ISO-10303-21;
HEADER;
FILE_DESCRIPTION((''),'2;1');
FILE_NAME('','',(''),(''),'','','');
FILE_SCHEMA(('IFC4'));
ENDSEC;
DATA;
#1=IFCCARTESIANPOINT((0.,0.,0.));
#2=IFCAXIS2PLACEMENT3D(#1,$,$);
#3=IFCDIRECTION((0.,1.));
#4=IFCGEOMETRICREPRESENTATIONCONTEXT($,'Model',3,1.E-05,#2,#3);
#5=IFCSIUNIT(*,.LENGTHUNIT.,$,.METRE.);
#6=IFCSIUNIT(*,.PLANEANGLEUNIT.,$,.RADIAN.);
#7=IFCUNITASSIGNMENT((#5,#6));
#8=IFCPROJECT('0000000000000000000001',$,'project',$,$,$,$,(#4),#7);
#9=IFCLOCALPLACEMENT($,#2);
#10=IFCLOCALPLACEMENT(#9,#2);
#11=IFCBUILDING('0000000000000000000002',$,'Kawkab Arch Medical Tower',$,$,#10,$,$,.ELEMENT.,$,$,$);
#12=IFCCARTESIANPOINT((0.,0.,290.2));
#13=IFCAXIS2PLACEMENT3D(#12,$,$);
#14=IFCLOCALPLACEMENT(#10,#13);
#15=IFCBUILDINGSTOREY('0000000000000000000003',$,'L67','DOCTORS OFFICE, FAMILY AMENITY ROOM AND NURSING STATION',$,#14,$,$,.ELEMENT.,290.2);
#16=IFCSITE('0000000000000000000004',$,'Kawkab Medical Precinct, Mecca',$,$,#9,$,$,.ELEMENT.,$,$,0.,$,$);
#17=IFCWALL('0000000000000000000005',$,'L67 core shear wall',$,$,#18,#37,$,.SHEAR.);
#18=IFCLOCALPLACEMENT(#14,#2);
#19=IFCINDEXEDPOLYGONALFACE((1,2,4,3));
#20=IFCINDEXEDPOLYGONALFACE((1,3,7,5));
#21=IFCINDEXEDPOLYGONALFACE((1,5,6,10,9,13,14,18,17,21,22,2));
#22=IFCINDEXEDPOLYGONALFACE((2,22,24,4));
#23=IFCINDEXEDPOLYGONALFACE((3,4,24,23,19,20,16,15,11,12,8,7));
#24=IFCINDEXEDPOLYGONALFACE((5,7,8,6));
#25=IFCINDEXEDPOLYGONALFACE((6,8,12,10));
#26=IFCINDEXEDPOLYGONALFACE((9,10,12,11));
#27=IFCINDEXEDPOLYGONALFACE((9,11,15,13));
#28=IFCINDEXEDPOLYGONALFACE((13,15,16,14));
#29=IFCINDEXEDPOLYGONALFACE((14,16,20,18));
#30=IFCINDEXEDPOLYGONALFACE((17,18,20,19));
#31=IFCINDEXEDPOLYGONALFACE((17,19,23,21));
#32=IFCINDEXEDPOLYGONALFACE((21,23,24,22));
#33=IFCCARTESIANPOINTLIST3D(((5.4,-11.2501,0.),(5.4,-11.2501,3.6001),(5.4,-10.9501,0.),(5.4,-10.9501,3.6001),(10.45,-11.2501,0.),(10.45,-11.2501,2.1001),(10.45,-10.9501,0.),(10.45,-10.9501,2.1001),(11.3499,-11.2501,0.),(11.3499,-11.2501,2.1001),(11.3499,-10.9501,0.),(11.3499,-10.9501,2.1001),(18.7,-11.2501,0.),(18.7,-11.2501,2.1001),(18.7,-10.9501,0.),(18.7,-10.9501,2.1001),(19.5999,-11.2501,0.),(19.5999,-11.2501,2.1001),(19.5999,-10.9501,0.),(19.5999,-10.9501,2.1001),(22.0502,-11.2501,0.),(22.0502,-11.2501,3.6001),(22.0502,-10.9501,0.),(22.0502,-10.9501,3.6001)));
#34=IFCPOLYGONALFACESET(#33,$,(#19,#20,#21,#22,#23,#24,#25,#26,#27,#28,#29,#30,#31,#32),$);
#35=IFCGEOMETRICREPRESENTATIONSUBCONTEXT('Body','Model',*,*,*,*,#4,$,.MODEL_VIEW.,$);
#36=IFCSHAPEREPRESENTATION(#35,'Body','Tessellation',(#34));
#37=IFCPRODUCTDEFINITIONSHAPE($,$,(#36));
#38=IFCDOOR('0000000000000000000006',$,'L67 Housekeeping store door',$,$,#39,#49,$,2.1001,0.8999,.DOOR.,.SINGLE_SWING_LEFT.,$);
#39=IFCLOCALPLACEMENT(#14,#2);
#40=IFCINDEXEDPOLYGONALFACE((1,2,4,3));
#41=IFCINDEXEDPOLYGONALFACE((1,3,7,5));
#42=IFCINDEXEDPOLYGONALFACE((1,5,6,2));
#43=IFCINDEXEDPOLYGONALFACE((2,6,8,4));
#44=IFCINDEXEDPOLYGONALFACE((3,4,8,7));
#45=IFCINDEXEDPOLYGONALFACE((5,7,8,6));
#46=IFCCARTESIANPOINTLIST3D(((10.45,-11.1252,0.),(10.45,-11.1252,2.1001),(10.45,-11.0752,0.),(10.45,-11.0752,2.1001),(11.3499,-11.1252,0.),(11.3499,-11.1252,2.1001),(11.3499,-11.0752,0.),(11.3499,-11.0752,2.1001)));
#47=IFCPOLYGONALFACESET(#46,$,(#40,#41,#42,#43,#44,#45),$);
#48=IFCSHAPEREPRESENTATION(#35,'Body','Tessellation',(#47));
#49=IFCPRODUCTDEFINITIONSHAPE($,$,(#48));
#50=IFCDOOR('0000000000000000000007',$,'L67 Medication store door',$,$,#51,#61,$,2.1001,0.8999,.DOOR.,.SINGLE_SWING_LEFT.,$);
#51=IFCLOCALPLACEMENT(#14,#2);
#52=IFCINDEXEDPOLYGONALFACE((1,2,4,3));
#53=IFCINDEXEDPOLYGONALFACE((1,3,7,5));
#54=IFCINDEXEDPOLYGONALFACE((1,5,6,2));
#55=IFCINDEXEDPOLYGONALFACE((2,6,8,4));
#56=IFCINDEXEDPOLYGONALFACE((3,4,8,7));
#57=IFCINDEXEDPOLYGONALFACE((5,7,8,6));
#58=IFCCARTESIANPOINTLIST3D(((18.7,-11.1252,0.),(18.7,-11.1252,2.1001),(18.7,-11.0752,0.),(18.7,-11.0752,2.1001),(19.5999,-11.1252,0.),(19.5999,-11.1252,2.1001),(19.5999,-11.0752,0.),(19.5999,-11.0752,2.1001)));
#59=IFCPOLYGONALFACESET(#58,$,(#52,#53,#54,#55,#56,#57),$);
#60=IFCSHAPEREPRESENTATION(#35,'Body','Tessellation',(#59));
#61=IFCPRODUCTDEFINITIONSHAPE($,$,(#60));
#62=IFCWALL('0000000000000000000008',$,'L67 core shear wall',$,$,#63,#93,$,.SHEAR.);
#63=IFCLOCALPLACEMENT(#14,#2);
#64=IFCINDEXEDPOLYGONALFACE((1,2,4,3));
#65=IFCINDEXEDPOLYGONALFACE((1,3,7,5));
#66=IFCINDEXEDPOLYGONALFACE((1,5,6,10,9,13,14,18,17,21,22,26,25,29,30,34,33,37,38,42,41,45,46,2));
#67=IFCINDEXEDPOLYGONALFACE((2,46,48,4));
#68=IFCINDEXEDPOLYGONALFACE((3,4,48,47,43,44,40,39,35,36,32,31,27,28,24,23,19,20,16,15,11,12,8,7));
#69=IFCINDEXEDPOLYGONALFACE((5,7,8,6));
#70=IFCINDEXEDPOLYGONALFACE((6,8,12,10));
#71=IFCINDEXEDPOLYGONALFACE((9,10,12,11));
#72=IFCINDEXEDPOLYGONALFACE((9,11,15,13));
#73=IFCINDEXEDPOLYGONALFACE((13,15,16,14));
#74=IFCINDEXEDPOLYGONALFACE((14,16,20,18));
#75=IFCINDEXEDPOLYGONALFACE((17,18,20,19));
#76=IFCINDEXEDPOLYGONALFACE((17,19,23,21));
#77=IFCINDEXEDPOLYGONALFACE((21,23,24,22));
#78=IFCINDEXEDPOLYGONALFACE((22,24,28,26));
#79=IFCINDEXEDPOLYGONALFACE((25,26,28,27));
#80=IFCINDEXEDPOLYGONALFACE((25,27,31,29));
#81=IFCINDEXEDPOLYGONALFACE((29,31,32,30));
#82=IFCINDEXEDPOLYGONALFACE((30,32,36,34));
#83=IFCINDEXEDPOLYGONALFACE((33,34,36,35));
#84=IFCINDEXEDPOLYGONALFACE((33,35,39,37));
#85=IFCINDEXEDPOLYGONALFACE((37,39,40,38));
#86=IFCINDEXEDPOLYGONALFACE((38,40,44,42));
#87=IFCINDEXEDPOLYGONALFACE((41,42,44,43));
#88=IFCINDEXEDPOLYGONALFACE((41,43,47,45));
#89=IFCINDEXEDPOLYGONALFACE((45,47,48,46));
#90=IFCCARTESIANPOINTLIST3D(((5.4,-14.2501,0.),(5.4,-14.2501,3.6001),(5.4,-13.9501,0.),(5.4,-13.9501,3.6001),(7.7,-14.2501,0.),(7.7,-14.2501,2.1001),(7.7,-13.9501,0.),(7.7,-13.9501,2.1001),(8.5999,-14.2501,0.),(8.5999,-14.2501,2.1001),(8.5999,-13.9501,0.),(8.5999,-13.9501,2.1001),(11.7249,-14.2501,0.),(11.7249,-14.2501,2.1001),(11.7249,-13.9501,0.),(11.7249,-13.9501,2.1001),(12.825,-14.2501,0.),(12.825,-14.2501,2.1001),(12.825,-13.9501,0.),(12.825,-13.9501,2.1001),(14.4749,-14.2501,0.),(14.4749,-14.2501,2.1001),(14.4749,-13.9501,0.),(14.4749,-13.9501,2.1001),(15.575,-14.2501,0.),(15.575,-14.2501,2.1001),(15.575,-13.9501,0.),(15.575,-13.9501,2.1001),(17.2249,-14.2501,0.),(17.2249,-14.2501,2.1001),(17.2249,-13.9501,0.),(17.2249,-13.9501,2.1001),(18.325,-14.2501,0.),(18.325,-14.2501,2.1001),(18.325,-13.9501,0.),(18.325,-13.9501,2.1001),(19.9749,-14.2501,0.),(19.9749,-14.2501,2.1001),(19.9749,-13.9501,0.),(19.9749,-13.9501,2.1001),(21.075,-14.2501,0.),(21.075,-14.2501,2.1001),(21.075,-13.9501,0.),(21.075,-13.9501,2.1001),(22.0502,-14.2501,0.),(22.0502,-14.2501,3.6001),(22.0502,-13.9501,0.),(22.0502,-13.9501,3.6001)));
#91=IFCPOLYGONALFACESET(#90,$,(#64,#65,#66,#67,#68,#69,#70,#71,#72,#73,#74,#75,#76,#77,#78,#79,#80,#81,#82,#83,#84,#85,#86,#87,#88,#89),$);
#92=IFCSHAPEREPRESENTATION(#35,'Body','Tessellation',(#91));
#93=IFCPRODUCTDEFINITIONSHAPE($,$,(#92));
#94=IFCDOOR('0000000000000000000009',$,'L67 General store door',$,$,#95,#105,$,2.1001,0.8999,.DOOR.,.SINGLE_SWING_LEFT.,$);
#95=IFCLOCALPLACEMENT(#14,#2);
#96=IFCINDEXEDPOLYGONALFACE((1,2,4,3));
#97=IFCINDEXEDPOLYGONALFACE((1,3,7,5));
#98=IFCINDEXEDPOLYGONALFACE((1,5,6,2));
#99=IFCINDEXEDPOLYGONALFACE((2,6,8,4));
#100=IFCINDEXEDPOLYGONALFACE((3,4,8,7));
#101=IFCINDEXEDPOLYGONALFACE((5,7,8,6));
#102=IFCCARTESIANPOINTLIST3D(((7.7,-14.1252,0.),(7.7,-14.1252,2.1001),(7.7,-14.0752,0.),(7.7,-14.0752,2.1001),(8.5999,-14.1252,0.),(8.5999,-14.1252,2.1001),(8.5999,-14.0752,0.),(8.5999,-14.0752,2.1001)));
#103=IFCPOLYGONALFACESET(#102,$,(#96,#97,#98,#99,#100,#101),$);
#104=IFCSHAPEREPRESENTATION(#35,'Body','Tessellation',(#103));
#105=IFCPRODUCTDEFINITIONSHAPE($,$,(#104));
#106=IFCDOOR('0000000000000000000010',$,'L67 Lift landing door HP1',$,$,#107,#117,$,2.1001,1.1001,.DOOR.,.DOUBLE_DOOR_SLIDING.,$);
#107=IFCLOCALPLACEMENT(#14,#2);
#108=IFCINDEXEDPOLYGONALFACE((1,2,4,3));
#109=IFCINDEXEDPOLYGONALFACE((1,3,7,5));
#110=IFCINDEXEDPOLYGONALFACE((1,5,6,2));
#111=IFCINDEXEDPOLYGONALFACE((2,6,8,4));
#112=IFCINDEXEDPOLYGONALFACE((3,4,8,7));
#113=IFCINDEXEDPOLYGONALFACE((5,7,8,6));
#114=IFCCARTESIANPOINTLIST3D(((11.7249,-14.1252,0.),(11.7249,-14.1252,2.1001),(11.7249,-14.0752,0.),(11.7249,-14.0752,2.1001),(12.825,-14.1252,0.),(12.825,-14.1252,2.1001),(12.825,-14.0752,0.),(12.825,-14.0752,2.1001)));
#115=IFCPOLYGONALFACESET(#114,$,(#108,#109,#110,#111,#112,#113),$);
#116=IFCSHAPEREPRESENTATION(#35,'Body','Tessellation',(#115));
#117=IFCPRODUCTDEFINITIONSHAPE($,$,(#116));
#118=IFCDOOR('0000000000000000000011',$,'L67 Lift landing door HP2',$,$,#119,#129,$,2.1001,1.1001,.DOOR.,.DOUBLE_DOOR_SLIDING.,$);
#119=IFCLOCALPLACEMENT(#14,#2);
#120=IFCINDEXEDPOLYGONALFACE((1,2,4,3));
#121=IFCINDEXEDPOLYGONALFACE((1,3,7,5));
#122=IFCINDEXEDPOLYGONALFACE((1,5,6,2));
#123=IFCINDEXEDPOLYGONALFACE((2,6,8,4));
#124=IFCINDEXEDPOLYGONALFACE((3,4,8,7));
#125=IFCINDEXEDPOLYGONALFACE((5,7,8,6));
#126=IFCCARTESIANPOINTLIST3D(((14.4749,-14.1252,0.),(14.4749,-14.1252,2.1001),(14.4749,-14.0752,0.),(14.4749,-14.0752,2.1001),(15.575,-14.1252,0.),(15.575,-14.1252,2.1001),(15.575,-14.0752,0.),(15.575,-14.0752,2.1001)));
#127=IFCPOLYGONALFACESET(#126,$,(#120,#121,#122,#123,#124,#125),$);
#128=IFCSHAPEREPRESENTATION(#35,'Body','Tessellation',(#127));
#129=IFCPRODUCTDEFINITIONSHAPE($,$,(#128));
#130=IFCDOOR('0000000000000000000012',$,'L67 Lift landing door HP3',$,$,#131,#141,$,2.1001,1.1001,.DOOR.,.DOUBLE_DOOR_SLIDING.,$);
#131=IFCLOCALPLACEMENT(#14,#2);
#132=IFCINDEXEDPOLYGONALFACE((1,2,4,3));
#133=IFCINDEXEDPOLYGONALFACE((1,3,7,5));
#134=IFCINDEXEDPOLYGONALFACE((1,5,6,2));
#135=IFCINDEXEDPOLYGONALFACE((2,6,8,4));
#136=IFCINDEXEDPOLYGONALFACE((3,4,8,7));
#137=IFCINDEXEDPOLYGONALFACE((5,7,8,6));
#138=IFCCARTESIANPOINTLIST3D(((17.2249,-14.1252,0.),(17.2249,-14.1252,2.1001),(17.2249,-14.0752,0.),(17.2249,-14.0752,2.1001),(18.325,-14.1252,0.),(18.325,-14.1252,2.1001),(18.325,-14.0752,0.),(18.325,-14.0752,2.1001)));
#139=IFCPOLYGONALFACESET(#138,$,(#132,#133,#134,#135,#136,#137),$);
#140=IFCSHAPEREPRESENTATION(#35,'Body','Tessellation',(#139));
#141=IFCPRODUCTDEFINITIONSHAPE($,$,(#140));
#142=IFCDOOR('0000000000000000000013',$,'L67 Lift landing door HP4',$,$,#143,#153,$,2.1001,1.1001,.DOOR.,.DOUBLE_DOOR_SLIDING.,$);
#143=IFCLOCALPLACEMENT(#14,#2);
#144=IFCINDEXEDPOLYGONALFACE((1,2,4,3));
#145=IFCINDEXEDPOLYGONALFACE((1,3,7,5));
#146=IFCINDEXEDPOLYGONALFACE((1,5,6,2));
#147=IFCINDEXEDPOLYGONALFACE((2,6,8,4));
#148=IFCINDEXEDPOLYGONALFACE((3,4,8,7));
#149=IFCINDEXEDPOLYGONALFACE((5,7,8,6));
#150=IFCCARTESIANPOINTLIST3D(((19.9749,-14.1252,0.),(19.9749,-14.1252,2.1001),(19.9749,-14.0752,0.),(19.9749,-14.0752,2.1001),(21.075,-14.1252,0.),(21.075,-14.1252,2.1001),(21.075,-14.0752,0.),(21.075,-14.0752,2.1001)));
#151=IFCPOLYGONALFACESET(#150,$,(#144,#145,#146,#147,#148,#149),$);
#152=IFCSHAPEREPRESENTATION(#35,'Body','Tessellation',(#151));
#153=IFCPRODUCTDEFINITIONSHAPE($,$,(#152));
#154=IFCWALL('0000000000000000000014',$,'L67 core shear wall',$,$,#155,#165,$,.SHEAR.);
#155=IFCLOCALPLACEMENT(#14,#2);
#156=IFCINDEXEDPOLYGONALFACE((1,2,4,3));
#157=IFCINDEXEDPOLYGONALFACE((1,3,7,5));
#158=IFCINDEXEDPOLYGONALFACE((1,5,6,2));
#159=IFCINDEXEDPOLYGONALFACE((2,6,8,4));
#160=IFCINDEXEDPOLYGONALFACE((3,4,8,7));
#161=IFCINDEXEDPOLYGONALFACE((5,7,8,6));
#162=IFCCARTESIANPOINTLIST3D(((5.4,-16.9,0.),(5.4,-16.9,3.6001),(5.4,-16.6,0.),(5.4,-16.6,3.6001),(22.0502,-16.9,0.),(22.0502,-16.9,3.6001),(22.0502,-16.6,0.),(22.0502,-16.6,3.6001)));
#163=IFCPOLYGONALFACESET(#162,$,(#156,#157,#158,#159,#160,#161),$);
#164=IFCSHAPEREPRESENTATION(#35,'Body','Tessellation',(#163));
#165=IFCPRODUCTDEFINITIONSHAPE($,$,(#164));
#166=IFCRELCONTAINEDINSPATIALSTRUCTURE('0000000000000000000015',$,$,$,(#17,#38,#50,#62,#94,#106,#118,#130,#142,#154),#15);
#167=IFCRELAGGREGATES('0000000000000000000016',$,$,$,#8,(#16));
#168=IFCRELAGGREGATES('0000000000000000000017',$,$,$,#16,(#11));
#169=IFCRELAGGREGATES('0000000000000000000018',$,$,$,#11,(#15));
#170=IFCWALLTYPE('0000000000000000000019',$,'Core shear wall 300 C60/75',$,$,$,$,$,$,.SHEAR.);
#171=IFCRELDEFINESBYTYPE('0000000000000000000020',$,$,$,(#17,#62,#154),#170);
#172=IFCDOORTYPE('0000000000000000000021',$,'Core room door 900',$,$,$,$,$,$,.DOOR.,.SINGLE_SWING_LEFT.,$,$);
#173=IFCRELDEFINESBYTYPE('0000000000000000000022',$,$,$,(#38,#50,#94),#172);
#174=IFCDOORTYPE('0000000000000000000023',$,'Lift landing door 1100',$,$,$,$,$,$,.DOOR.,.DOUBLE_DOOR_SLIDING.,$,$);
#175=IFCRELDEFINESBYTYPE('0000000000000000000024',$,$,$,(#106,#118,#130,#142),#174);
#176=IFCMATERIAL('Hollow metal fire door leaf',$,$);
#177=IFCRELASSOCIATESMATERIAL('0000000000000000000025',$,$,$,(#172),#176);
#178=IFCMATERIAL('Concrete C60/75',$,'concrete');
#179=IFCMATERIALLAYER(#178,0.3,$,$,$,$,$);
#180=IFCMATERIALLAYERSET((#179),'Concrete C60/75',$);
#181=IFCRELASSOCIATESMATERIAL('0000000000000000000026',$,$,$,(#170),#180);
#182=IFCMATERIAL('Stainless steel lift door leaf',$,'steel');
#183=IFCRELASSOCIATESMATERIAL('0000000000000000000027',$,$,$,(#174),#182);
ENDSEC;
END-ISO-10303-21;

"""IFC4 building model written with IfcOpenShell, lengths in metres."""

from ifc_helpers import new_model, si_unit, direction, frame, frame_2d, origin, place, context, subcontext, project, spatial, rectangle, extrude, material, layer, layer_set, type_object, element, fill, save


model = new_model("IFC4")

# Units and contexts
model_context = context("Model", 3, precision=1e-05, world=origin(), true_north=direction((0.0, 1.0)))
body_context = subcontext(model_context, "Body", "Model", "MODEL_VIEW")
ifc_project = project(units=[si_unit("LENGTHUNIT", "METRE"), si_unit("PLANEANGLEUNIT", "RADIAN")], contexts=[model_context])

# Site, building, storey
site_placement = place(None, origin())
site = spatial("IfcSite", under=ifc_project, at=site_placement, Name="Kawkab Medical Precinct, Mecca", CompositionType="ELEMENT", RefElevation=0.0)
building_placement = place(site_placement, origin())
building = spatial("IfcBuilding", under=site, at=building_placement, Name="Kawkab Arch Medical Tower", CompositionType="ELEMENT")
storey_placement = place(building_placement, frame((0.0, 0.0, 290.2)))
storey = spatial("IfcBuildingStorey", under=building, at=storey_placement, Name="L67", Description="DOCTORS OFFICE, FAMILY AMENITY ROOM AND NURSING STATION", CompositionType="ELEMENT", Elevation=290.2)

# Shared definitions
ifc_material_1 = material(Name="Hollow metal fire door leaf")
door_type_1 = type_object("IfcDoorType", Name="Core room door 900", OperationType="SINGLE_SWING_LEFT", PredefinedType="DOOR", material=ifc_material_1)

# Shared definitions
ifc_material_2 = material(Name="Concrete C60/75", Category="concrete")
ifc_layer_1 = layer(ifc_material_2, 0.3)
ifc_layer_set_1 = layer_set([ifc_layer_1], Name="Concrete C60/75")
wall_type_1 = type_object("IfcWallType", Name="Core shear wall 300 C60/75", PredefinedType="SHEAR", material=ifc_layer_set_1)

# Walls, openings, doors
wall_1_placement = place(storey_placement, frame((5.3999, -11.1001, 0.0), z_axis=(0.0, 0.0, 1.0), x_axis=(1.0, 0.0, 0.0)))
wall_1 = element("IfcWall", 1, at=wall_1_placement, inside=storey, type_object=wall_type_1, Name="L67 core shear wall", PredefinedType="SHEAR", context=body_context, shape_type="SweptSolid", body=[
    extrude(rectangle(XDim=16.6501, YDim=0.3, at=frame_2d((8.3252, 0.0))), origin(), (0.0, 0.0, 1.0), 3.6001),
])
opening_1_placement = place(wall_1_placement, frame((5.05, 0.0, 0.0)))
opening_1 = element("IfcOpeningElement", 2, at=opening_1_placement, cuts=wall_1, PredefinedType="OPENING", context=body_context, shape_type="SweptSolid", body=[
    extrude(rectangle(XDim=0.8999, YDim=2.1001, at=frame_2d((0.45, 1.05))), frame((0.0, 0.1599, 0.0), z_axis=(0.0, -1.0, 0.0), x_axis=(1.0, 0.0, 0.0)), (0.0, 0.0, 1.0), 0.3201),
])
opening_2_placement = place(wall_1_placement, frame((13.3, 0.0, 0.0)))
opening_2 = element("IfcOpeningElement", 3, at=opening_2_placement, cuts=wall_1, PredefinedType="OPENING", context=body_context, shape_type="SweptSolid", body=[
    extrude(rectangle(XDim=0.8999, YDim=2.1001, at=frame_2d((0.45, 1.05))), frame((0.0, 0.1599, 0.0), z_axis=(0.0, -1.0, 0.0), x_axis=(1.0, 0.0, 0.0)), (0.0, 0.0, 1.0), 0.3201),
])
door_1_placement = place(opening_1_placement, origin())
door_1 = element("IfcDoor", 4, at=door_1_placement, inside=storey, type_object=door_type_1, Name="L67 Housekeeping store door", OperationType="SINGLE_SWING_LEFT", OverallHeight=2.1001, OverallWidth=0.8999, PredefinedType="DOOR", context=body_context, shape_type="SweptSolid", body=[
    extrude(rectangle(XDim=0.8999, YDim=2.1001, at=frame_2d((0.45, 1.05))), frame((0.0, 0.0249, 0.0), z_axis=(0.0, -1.0, 0.0), x_axis=(1.0, 0.0, 0.0)), (0.0, 0.0, 1.0), 0.05),
])
fill(opening_1, door_1)
door_2_placement = place(opening_2_placement, origin())
door_2 = element("IfcDoor", 5, at=door_2_placement, inside=storey, type_object=door_type_1, Name="L67 Medication store door", OperationType="SINGLE_SWING_LEFT", OverallHeight=2.1001, OverallWidth=0.8999, PredefinedType="DOOR", context=body_context, shape_type="SweptSolid", body=[
    extrude(rectangle(XDim=0.8999, YDim=2.1001, at=frame_2d((0.45, 1.05))), frame((0.0, 0.0249, 0.0), z_axis=(0.0, -1.0, 0.0), x_axis=(1.0, 0.0, 0.0)), (0.0, 0.0, 1.0), 0.05),
])
fill(opening_2, door_2)
wall_2_placement = place(storey_placement, frame((5.3999, -14.1001, 0.0), z_axis=(0.0, 0.0, 1.0), x_axis=(1.0, 0.0, 0.0)))
wall_2 = element("IfcWall", 6, at=wall_2_placement, inside=storey, type_object=wall_type_1, Name="L67 core shear wall", PredefinedType="SHEAR", context=body_context, shape_type="SweptSolid", body=[
    extrude(rectangle(XDim=16.6501, YDim=0.3, at=frame_2d((8.3252, 0.0))), origin(), (0.0, 0.0, 1.0), 3.6001),
])
opening_3_placement = place(wall_2_placement, frame((6.325, 0.0, 0.0)))
opening_3 = element("IfcOpeningElement", 7, at=opening_3_placement, cuts=wall_2, PredefinedType="OPENING", context=body_context, shape_type="SweptSolid", body=[
    extrude(rectangle(XDim=1.1001, YDim=2.1001, at=frame_2d((0.55, 1.05))), frame((0.0, 0.1599, 0.0), z_axis=(0.0, -1.0, 0.0), x_axis=(1.0, 0.0, 0.0)), (0.0, 0.0, 1.0), 0.3201),
])
opening_4_placement = place(wall_2_placement, frame((9.075, 0.0, 0.0)))
opening_4 = element("IfcOpeningElement", 8, at=opening_4_placement, cuts=wall_2, PredefinedType="OPENING", context=body_context, shape_type="SweptSolid", body=[
    extrude(rectangle(XDim=1.1001, YDim=2.1001, at=frame_2d((0.55, 1.05))), frame((0.0, 0.1599, 0.0), z_axis=(0.0, -1.0, 0.0), x_axis=(1.0, 0.0, 0.0)), (0.0, 0.0, 1.0), 0.3201),
])
opening_5_placement = place(wall_2_placement, frame((11.825, 0.0, 0.0)))
opening_5 = element("IfcOpeningElement", 9, at=opening_5_placement, cuts=wall_2, PredefinedType="OPENING", context=body_context, shape_type="SweptSolid", body=[
    extrude(rectangle(XDim=1.1001, YDim=2.1001, at=frame_2d((0.55, 1.05))), frame((0.0, 0.1599, 0.0), z_axis=(0.0, -1.0, 0.0), x_axis=(1.0, 0.0, 0.0)), (0.0, 0.0, 1.0), 0.3201),
])
opening_6_placement = place(wall_2_placement, frame((14.575, 0.0, 0.0)))
opening_6 = element("IfcOpeningElement", 10, at=opening_6_placement, cuts=wall_2, PredefinedType="OPENING", context=body_context, shape_type="SweptSolid", body=[
    extrude(rectangle(XDim=1.1001, YDim=2.1001, at=frame_2d((0.55, 1.05))), frame((0.0, 0.1599, 0.0), z_axis=(0.0, -1.0, 0.0), x_axis=(1.0, 0.0, 0.0)), (0.0, 0.0, 1.0), 0.3201),
])
opening_7_placement = place(wall_2_placement, frame((2.3, 0.0, 0.0)))
opening_7 = element("IfcOpeningElement", 11, at=opening_7_placement, cuts=wall_2, PredefinedType="OPENING", context=body_context, shape_type="SweptSolid", body=[
    extrude(rectangle(XDim=0.8999, YDim=2.1001, at=frame_2d((0.45, 1.05))), frame((0.0, 0.1599, 0.0), z_axis=(0.0, -1.0, 0.0), x_axis=(1.0, 0.0, 0.0)), (0.0, 0.0, 1.0), 0.3201),
])
door_3_placement = place(opening_7_placement, origin())
door_3 = element("IfcDoor", 12, at=door_3_placement, inside=storey, type_object=door_type_1, Name="L67 General store door", OperationType="SINGLE_SWING_LEFT", OverallHeight=2.1001, OverallWidth=0.8999, PredefinedType="DOOR", context=body_context, shape_type="SweptSolid", body=[
    extrude(rectangle(XDim=0.8999, YDim=2.1001, at=frame_2d((0.45, 1.05))), frame((0.0, 0.0249, 0.0), z_axis=(0.0, -1.0, 0.0), x_axis=(1.0, 0.0, 0.0)), (0.0, 0.0, 1.0), 0.05),
])
fill(opening_7, door_3)
ifc_material_3 = material(Name="Stainless steel lift door leaf", Category="steel")
door_type_2 = type_object("IfcDoorType", Name="Lift landing door 1100", OperationType="DOUBLE_DOOR_SLIDING", PredefinedType="DOOR", material=ifc_material_3)
door_4_placement = place(opening_3_placement, origin())
door_4 = element("IfcDoor", 13, at=door_4_placement, inside=storey, type_object=door_type_2, Name="L67 Lift landing door HP1", OperationType="DOUBLE_DOOR_SLIDING", OverallHeight=2.1001, OverallWidth=1.1001, PredefinedType="DOOR", context=body_context, shape_type="SweptSolid", body=[
    extrude(rectangle(XDim=1.1001, YDim=2.1001, at=frame_2d((0.55, 1.05))), frame((0.0, 0.0249, 0.0), z_axis=(0.0, -1.0, 0.0), x_axis=(1.0, 0.0, 0.0)), (0.0, 0.0, 1.0), 0.05),
])
fill(opening_3, door_4)
door_5_placement = place(opening_4_placement, origin())
door_5 = element("IfcDoor", 14, at=door_5_placement, inside=storey, type_object=door_type_2, Name="L67 Lift landing door HP2", OperationType="DOUBLE_DOOR_SLIDING", OverallHeight=2.1001, OverallWidth=1.1001, PredefinedType="DOOR", context=body_context, shape_type="SweptSolid", body=[
    extrude(rectangle(XDim=1.1001, YDim=2.1001, at=frame_2d((0.55, 1.05))), frame((0.0, 0.0249, 0.0), z_axis=(0.0, -1.0, 0.0), x_axis=(1.0, 0.0, 0.0)), (0.0, 0.0, 1.0), 0.05),
])
fill(opening_4, door_5)
door_6_placement = place(opening_5_placement, origin())
door_6 = element("IfcDoor", 15, at=door_6_placement, inside=storey, type_object=door_type_2, Name="L67 Lift landing door HP3", OperationType="DOUBLE_DOOR_SLIDING", OverallHeight=2.1001, OverallWidth=1.1001, PredefinedType="DOOR", context=body_context, shape_type="SweptSolid", body=[
    extrude(rectangle(XDim=1.1001, YDim=2.1001, at=frame_2d((0.55, 1.05))), frame((0.0, 0.0249, 0.0), z_axis=(0.0, -1.0, 0.0), x_axis=(1.0, 0.0, 0.0)), (0.0, 0.0, 1.0), 0.05),
])
fill(opening_5, door_6)
door_7_placement = place(opening_6_placement, origin())
door_7 = element("IfcDoor", 16, at=door_7_placement, inside=storey, type_object=door_type_2, Name="L67 Lift landing door HP4", OperationType="DOUBLE_DOOR_SLIDING", OverallHeight=2.1001, OverallWidth=1.1001, PredefinedType="DOOR", context=body_context, shape_type="SweptSolid", body=[
    extrude(rectangle(XDim=1.1001, YDim=2.1001, at=frame_2d((0.55, 1.05))), frame((0.0, 0.0249, 0.0), z_axis=(0.0, -1.0, 0.0), x_axis=(1.0, 0.0, 0.0)), (0.0, 0.0, 1.0), 0.05),
])
fill(opening_6, door_7)

# Wall
wall_3_placement = place(storey_placement, frame((5.3999, -16.75, 0.0), z_axis=(0.0, 0.0, 1.0), x_axis=(1.0, 0.0, 0.0)))
element("IfcWall", 17, at=wall_3_placement, inside=storey, type_object=wall_type_1, Name="L67 core shear wall", PredefinedType="SHEAR", context=body_context, shape_type="SweptSolid", body=[
    extrude(rectangle(XDim=16.6501, YDim=0.3, at=frame_2d((8.3252, 0.0))), origin(), (0.0, 0.0, 1.0), 3.6001),
])

save(model, "model.ifc")
